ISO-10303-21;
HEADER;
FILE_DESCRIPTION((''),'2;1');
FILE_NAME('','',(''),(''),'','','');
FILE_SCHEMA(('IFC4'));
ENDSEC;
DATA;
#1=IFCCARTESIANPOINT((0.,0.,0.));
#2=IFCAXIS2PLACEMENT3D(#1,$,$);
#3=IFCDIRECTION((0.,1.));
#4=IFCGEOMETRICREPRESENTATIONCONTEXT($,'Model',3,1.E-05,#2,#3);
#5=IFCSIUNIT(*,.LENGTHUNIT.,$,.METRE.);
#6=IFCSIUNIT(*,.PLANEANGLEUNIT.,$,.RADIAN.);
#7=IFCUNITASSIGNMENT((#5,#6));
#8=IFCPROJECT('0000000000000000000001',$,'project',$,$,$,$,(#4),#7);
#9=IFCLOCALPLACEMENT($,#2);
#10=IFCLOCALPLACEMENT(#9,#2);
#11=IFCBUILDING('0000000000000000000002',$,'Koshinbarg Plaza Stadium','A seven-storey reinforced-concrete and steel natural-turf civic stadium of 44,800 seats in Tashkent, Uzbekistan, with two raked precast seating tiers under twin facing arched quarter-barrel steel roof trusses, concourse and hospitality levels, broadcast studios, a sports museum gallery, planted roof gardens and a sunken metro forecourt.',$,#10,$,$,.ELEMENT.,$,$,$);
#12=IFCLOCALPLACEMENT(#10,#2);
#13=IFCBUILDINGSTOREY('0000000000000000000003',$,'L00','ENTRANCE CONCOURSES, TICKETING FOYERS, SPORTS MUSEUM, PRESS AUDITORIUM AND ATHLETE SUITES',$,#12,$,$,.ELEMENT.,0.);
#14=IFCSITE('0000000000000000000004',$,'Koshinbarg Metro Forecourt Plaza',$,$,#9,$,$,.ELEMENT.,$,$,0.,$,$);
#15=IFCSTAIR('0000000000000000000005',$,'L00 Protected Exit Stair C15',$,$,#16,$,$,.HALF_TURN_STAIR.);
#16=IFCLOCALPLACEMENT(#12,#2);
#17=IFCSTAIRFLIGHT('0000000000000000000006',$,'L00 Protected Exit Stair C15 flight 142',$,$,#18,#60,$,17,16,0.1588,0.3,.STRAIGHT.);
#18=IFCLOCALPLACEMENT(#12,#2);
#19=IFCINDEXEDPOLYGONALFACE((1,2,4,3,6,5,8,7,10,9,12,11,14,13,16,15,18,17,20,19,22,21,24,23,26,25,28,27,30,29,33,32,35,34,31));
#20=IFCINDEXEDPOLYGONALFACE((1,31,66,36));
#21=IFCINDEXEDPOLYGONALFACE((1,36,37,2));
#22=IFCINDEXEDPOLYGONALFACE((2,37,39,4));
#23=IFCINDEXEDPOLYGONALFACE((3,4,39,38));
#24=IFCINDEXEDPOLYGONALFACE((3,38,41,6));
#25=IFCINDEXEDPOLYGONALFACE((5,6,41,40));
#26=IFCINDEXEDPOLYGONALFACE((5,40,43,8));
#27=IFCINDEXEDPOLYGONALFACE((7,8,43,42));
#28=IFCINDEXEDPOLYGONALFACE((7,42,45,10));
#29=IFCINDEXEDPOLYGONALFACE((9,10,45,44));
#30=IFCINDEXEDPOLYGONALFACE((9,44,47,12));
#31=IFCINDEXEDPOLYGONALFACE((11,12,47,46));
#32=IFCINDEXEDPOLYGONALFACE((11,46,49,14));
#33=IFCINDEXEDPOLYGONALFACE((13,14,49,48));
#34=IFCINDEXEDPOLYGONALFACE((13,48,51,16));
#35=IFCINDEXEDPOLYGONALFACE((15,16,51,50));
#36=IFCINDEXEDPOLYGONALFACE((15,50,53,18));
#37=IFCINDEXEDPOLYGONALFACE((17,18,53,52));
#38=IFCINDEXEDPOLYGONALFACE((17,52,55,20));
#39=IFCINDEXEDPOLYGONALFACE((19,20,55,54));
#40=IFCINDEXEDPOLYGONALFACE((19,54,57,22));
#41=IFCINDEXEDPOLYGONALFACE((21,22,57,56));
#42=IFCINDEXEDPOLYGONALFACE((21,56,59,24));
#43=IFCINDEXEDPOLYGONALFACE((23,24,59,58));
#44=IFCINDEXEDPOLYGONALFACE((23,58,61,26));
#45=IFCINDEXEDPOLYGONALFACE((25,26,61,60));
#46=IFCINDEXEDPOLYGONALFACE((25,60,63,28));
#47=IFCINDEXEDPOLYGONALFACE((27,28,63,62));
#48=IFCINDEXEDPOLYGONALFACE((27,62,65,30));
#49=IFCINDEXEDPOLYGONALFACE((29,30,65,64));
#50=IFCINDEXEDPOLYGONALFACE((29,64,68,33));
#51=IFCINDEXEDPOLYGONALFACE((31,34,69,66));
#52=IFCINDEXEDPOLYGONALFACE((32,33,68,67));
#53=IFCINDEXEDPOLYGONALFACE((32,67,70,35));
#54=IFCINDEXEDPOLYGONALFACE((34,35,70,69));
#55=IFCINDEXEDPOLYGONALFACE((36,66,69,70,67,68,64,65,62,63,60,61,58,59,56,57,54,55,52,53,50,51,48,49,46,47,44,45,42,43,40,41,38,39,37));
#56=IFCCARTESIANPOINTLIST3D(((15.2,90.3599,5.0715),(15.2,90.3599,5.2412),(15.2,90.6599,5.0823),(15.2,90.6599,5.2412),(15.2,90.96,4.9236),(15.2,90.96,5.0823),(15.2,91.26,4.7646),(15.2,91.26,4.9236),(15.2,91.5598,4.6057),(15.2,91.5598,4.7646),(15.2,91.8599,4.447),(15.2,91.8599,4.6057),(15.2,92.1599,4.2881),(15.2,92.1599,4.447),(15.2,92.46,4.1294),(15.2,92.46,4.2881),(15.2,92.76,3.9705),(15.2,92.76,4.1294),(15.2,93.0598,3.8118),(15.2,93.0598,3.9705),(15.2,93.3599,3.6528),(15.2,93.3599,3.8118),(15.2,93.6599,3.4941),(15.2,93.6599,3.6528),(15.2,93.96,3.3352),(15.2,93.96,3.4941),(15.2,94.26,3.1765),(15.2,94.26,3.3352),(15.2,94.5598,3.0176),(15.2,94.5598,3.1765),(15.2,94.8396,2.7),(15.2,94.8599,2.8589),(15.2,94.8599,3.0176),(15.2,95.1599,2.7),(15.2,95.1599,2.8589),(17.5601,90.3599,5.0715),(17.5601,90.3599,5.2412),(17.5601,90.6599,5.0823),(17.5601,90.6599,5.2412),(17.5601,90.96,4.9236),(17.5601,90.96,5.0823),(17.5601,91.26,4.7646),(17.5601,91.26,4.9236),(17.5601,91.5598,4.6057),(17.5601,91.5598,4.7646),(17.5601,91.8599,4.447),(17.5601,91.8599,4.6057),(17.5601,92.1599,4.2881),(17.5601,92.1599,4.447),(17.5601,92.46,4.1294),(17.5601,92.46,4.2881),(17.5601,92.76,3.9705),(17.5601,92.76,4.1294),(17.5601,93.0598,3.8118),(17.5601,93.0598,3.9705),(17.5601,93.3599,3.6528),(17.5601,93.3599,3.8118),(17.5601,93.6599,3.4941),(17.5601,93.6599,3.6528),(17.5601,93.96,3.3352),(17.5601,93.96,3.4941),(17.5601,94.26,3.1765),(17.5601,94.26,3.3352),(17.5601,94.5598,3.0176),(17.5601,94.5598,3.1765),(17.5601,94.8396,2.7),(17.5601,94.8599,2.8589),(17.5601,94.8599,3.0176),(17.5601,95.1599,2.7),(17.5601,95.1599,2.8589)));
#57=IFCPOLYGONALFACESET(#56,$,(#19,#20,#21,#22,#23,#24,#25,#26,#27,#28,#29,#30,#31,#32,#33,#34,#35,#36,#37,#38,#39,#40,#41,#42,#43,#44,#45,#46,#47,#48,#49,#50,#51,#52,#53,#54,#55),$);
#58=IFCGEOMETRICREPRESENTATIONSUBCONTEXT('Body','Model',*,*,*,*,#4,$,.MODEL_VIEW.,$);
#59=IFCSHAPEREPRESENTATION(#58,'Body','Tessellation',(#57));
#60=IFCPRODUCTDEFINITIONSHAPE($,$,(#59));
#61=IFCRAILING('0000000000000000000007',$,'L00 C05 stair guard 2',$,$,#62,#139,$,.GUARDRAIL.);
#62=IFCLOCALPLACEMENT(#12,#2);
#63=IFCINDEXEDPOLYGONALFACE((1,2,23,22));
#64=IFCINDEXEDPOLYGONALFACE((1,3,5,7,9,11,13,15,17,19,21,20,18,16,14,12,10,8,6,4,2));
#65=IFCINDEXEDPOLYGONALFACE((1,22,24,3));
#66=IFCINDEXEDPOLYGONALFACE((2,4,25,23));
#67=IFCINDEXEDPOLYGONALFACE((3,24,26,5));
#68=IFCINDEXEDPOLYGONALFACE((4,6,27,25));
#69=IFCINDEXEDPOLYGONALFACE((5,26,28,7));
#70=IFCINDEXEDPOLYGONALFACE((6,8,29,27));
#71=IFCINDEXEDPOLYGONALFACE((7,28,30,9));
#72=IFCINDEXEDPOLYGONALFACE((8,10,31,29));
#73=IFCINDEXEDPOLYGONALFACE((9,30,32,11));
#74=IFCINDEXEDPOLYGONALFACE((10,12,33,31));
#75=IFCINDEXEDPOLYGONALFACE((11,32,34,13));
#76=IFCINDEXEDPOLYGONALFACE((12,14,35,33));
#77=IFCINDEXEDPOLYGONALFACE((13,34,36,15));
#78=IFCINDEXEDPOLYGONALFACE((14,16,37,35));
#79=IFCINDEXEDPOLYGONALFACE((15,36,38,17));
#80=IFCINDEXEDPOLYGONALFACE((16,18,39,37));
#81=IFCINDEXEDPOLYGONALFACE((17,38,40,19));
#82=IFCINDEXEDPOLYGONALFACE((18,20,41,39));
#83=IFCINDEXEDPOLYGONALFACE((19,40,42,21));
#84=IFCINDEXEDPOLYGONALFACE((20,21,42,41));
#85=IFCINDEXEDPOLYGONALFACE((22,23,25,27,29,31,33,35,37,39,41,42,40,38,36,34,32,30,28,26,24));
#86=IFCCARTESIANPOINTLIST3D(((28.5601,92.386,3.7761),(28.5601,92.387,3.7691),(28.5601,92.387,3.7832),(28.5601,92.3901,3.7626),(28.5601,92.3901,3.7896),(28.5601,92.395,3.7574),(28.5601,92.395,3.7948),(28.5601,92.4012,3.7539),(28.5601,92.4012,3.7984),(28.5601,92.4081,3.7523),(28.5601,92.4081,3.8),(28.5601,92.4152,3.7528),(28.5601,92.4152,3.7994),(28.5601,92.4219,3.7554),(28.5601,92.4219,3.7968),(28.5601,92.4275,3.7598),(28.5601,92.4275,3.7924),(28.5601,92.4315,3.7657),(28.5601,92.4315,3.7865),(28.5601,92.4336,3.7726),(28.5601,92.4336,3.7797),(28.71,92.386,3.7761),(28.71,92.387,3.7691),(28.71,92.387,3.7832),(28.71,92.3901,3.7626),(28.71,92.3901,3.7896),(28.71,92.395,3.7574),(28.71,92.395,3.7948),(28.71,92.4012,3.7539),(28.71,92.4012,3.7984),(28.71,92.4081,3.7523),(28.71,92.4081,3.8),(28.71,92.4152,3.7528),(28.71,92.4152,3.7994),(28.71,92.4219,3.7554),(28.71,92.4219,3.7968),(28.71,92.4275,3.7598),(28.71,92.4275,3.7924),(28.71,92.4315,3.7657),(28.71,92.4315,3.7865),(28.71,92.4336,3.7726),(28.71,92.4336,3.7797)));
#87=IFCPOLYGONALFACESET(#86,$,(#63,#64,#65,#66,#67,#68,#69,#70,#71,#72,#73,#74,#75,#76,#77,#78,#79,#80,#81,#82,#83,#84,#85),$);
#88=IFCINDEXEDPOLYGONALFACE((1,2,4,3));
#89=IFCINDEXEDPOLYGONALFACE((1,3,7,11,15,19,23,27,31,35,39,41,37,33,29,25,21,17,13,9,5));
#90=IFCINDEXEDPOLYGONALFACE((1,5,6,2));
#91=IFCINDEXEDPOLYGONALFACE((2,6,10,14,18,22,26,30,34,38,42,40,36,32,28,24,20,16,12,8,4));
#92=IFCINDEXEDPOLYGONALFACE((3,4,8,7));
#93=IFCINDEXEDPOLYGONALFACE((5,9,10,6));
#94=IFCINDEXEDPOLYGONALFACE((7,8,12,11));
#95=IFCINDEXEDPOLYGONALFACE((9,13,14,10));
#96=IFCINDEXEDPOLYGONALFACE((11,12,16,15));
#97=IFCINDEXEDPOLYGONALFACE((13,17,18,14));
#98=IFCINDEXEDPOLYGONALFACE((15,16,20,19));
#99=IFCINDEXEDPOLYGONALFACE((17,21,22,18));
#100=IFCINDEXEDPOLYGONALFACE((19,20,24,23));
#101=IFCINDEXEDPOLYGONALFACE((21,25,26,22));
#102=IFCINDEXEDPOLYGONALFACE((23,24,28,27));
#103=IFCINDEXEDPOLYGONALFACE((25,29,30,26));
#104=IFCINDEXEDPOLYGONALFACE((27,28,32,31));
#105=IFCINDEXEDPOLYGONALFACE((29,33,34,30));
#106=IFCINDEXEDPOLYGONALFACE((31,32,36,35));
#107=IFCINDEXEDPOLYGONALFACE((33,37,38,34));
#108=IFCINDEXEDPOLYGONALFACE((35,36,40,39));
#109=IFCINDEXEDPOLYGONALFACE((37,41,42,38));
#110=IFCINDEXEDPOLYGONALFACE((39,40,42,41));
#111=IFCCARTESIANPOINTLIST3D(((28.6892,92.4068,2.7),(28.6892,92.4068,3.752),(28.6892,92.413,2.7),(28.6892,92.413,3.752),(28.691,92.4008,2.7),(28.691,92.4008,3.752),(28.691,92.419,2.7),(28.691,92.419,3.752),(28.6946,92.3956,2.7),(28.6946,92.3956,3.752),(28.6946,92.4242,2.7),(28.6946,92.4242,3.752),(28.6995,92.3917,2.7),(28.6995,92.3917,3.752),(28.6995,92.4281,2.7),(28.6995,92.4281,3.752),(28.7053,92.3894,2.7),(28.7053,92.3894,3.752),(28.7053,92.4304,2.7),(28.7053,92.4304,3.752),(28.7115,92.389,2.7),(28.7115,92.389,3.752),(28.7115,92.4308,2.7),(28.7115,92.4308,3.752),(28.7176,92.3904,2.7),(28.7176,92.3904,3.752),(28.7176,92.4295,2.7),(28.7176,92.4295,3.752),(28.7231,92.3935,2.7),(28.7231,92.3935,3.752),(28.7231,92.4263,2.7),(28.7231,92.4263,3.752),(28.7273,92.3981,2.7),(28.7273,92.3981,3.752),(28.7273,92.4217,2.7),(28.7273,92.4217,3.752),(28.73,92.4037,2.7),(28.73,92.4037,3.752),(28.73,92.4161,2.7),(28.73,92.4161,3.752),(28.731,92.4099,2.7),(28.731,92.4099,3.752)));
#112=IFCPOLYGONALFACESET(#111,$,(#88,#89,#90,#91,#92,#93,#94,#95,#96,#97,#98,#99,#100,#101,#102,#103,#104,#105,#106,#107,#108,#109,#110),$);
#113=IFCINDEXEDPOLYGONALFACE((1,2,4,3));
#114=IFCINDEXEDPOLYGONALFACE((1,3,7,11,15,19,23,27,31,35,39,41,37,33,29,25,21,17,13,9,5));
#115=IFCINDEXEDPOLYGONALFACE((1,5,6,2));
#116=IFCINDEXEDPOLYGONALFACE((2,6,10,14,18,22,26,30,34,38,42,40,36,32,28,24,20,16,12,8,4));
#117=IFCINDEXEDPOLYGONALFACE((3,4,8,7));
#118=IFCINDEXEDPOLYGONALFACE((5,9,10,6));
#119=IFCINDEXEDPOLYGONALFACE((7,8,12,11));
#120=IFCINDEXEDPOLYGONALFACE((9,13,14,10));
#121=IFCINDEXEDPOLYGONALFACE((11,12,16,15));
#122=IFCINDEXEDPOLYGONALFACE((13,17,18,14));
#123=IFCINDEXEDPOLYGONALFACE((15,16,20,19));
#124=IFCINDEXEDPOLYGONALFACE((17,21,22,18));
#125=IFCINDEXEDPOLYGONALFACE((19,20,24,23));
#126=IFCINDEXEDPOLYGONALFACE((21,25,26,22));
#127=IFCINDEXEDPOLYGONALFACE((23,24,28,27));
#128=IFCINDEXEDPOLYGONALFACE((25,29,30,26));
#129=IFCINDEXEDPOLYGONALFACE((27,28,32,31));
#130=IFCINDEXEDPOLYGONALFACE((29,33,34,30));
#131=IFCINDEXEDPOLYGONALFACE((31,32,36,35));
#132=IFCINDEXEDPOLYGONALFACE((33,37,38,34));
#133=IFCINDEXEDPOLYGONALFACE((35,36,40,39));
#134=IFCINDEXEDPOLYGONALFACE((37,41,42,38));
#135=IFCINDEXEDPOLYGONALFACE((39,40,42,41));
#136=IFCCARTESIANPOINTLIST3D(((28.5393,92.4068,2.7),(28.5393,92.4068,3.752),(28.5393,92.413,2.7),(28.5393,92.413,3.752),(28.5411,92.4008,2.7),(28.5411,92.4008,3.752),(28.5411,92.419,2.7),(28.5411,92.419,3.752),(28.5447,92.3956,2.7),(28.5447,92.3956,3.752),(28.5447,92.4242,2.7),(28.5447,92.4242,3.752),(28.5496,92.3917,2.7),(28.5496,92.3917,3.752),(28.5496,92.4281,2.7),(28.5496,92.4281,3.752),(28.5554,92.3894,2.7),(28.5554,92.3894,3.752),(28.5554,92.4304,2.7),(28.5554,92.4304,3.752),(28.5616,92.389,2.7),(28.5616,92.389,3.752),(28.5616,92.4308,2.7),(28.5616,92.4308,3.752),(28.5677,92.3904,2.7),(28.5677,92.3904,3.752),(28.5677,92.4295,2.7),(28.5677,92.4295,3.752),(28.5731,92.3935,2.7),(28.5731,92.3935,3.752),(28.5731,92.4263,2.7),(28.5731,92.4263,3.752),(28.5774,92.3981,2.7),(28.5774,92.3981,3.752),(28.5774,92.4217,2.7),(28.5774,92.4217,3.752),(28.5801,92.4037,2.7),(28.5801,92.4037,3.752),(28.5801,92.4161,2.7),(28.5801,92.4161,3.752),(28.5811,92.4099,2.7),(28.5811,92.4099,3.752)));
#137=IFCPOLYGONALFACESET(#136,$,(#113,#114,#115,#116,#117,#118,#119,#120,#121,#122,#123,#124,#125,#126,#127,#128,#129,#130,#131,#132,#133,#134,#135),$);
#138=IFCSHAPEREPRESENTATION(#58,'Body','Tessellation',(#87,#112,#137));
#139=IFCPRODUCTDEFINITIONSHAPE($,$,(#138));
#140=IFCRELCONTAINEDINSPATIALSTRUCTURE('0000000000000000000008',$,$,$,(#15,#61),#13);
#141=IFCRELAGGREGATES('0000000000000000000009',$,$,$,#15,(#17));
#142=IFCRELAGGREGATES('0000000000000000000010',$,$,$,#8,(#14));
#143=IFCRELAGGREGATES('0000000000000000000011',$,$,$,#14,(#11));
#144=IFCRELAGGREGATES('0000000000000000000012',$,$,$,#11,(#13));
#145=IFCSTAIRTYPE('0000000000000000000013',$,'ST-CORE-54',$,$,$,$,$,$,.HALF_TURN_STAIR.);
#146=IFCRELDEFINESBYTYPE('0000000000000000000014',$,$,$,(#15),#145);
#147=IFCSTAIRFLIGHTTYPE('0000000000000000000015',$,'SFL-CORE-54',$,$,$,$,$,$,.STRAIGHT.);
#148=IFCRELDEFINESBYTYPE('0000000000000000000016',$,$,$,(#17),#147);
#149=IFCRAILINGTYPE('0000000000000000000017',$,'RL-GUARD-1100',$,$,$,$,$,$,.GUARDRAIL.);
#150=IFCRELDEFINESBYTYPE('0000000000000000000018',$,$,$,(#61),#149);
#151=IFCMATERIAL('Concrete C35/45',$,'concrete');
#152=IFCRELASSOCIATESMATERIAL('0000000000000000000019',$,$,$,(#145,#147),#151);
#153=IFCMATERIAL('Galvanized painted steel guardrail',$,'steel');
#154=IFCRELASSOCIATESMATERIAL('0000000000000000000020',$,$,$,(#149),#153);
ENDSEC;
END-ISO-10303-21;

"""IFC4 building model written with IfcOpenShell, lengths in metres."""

from ifc_helpers import new_model, si_unit, direction, frame, origin, origin_2d, place, context, subcontext, project, spatial, polyline, circle, outline, extrude, material, type_object, element, aggregate, save


model = new_model("IFC4")

# Units and contexts
model_context = context("Model", 3, precision=1e-05, world=origin(), true_north=direction((0.0, 1.0)))
body_context = subcontext(model_context, "Body", "Model", "MODEL_VIEW")
ifc_project = project(units=[si_unit("LENGTHUNIT", "METRE"), si_unit("PLANEANGLEUNIT", "RADIAN")], contexts=[model_context])

# Site, building, storey
site_placement = place(None, origin())
site = spatial("IfcSite", under=ifc_project, at=site_placement, Name="Koshinbarg Metro Forecourt Plaza", CompositionType="ELEMENT", RefElevation=0.0)
building_placement = place(site_placement, origin())
building = spatial("IfcBuilding", under=site, at=building_placement, Name="Koshinbarg Plaza Stadium", Description="A seven-storey reinforced-concrete and steel natural-turf civic stadium of 44,800 seats in Tashkent, Uzbekistan, with two raked precast seating tiers under twin facing arched quarter-barrel steel roof trusses, concourse and hospitality levels, broadcast studios, a sports museum gallery, planted roof gardens and a sunken metro forecourt.", CompositionType="ELEMENT")
storey_placement = place(building_placement, origin())
storey = spatial("IfcBuildingStorey", under=building, at=storey_placement, Name="L00", Description="ENTRANCE CONCOURSES, TICKETING FOYERS, SPORTS MUSEUM, PRESS AUDITORIUM AND ATHLETE SUITES", CompositionType="ELEMENT", Elevation=0.0)

# Shared definitions
ifc_material_1 = material(Name="Concrete C35/45", Category="concrete")

# Shared definitions
stair_type = type_object("IfcStairType", Name="ST-CORE-54", PredefinedType="HALF_TURN_STAIR", material=ifc_material_1)
stair_flight_type = type_object("IfcStairFlightType", Name="SFL-CORE-54", PredefinedType="STRAIGHT", material=ifc_material_1)

# Stair, stair flight
stair_1_placement = place(storey_placement, origin())
stair_1 = element("IfcStair", 1, at=stair_1_placement, inside=storey, type_object=stair_type, Name="L00 Protected Exit Stair C15", PredefinedType="HALF_TURN_STAIR")
stair_flight_1_placement = place(storey_placement, frame((16.3799, 95.1599, 2.7), z_axis=(0.0, 0.0, 1.0), x_axis=(0.0, -1.0, 0.0)))
stair_flight_1 = element("IfcStairFlight", 2, at=stair_flight_1_placement, type_object=stair_flight_type, Name="L00 Protected Exit Stair C15 flight 142", NumberOfRisers=17, NumberOfTreads=16, PredefinedType="STRAIGHT", RiserHeight=0.1588, TreadLength=0.3, context=body_context, shape_type="SweptSolid", body=[
    extrude(outline(polyline([(0.0, 0.0), (0.0, 0.1589), (0.3, 0.1589), (0.3, 0.3176), (0.6001, 0.3176), (0.6001, 0.4766), (0.8999, 0.4766), (0.8999, 0.6353), (1.2, 0.6353), (1.2, 0.7942), (1.5, 0.7942), (1.5, 0.9529), (1.8, 0.9529), (1.8, 1.1118), (2.1001, 1.1118), (2.1001, 1.2705), (2.3999, 1.2705), (2.3999, 1.4294), (2.7, 1.4294), (2.7, 1.5881), (3.0, 1.5881), (3.0, 1.7471), (3.3, 1.7471), (3.3, 1.9058), (3.6001, 1.9058), (3.6001, 2.0647), (3.8999, 2.0647), (3.8999, 2.2236), (4.2, 2.2236), (4.2, 2.3823), (4.5, 2.3823), (4.5, 2.5413), (4.8, 2.5413), (4.8, 2.7), (4.8, 2.3716), (0.3203, 0.0), (0.0, 0.0)])), frame((0.0, 1.1802, 0.0), z_axis=(0.0, -1.0, 0.0), x_axis=(1.0, 0.0, 0.0)), (0.0, 0.0, 1.0), 2.3601),
])
aggregate(stair_1, [stair_flight_1])

# Railing
ifc_material_2 = material(Name="Galvanized painted steel guardrail", Category="steel")
railing_type_1 = type_object("IfcRailingType", Name="RL-GUARD-1100", PredefinedType="GUARDRAIL", material=ifc_material_2)
railing_1_placement = place(storey_placement, frame((28.71, 92.4099, 2.7)))
element("IfcRailing", 3, at=railing_1_placement, inside=storey, type_object=railing_type_1, Name="L00 C05 stair guard 2", PredefinedType="GUARDRAIL", context=body_context, shape_type="SweptSolid", body=[
    extrude(circle(Radius=0.0239, at=origin_2d()), frame((0.0, 0.0, 1.0762), z_axis=(-1.0, 0.0, 0.0), x_axis=(0.0, -1.0, 0.0)), (0.0, 0.0, 1.0), 0.1499),
    extrude(circle(Radius=0.021, at=origin_2d()), origin(), (0.0, 0.0, 1.0), 1.052),
    extrude(circle(Radius=0.021, at=origin_2d()), frame((-0.1499, 0.0, 0.0)), (0.0, 0.0, 1.0), 1.052),
])

save(model, "model.ifc")
